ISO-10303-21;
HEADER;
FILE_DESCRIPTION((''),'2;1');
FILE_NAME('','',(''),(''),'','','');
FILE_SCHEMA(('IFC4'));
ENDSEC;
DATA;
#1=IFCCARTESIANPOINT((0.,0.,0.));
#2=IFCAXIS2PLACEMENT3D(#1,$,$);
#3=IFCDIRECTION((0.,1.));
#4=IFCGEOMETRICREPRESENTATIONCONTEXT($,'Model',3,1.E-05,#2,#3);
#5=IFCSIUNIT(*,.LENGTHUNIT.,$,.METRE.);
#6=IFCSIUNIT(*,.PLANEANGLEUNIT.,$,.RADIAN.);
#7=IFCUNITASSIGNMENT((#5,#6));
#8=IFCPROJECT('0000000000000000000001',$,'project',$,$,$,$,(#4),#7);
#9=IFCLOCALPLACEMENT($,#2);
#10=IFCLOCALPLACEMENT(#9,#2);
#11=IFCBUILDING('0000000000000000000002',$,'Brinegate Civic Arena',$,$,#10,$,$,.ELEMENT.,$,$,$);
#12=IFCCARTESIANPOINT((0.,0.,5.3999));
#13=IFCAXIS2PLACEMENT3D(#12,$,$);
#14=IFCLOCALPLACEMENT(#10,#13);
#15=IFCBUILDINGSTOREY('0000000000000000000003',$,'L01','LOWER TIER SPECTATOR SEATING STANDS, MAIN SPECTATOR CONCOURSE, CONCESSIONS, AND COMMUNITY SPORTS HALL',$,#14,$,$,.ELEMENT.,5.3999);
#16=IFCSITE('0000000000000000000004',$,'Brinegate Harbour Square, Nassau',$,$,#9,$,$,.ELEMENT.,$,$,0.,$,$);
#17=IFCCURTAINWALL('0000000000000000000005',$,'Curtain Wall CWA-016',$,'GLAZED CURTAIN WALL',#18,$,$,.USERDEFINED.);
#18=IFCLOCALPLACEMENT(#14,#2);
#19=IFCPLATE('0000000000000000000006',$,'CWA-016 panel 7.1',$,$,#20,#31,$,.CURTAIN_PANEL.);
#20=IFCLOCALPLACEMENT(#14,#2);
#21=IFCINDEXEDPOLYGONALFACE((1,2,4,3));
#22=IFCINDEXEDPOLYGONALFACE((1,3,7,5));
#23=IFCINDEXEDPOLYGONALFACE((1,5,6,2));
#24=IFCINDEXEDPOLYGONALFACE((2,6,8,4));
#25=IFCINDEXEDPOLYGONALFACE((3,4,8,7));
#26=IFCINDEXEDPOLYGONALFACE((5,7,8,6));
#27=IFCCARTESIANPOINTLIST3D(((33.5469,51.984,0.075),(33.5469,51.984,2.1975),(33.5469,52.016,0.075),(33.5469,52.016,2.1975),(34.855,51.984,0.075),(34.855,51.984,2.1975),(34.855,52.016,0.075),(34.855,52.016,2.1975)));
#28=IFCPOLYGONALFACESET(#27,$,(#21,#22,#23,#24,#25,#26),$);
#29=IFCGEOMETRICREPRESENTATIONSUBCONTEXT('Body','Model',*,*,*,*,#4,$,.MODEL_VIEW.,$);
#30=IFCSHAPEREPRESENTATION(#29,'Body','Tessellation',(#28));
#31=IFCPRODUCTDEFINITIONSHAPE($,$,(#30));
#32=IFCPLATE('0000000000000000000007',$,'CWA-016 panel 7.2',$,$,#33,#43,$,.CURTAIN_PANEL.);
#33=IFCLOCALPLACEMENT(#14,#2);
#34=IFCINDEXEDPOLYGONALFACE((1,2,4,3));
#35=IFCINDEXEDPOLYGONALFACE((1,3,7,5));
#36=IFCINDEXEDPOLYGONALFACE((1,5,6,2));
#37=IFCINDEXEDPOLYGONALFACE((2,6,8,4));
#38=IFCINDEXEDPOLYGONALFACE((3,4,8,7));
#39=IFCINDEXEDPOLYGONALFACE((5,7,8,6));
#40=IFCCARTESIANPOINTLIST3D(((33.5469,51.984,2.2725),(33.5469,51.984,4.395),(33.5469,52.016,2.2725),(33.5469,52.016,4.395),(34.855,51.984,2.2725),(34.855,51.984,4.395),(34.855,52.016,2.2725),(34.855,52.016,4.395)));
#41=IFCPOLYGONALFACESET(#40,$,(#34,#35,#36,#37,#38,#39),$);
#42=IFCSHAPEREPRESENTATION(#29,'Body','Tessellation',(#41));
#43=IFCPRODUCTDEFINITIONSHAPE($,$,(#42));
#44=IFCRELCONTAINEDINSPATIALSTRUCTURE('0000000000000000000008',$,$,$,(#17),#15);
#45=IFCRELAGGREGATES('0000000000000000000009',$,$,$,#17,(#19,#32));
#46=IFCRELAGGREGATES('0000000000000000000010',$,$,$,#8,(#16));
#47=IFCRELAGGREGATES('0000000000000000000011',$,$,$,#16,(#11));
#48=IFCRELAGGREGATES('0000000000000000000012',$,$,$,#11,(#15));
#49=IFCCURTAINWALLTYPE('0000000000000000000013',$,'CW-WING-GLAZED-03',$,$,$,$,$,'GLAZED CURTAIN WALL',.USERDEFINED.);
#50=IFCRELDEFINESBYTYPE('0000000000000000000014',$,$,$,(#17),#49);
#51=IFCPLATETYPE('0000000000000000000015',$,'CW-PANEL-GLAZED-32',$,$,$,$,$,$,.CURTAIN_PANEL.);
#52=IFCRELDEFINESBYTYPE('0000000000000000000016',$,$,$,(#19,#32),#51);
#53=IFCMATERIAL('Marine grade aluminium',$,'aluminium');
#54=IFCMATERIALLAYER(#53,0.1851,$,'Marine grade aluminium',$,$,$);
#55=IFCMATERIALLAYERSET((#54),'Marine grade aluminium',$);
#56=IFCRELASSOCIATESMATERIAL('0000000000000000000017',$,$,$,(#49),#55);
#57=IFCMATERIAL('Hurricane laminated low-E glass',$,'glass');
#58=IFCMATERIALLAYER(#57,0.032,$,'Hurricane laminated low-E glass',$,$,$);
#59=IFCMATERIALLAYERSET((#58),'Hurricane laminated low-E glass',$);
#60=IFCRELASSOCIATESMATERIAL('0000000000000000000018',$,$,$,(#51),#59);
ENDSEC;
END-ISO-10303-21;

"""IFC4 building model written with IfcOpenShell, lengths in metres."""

from ifc_helpers import new_model, si_unit, direction, frame, origin, origin_2d, place, context, subcontext, project, spatial, rectangle, extrude, material, layer, layer_set, type_object, element, aggregate, save


model = new_model("IFC4")

# Units and contexts
model_context = context("Model", 3, precision=1e-05, world=origin(), true_north=direction((0.0, 1.0)))
body_context = subcontext(model_context, "Body", "Model", "MODEL_VIEW")
ifc_project = project(units=[si_unit("LENGTHUNIT", "METRE"), si_unit("PLANEANGLEUNIT", "RADIAN")], contexts=[model_context])

# Site, building, storey
site_placement = place(None, origin())
site = spatial("IfcSite", under=ifc_project, at=site_placement, Name="Brinegate Harbour Square, Nassau", CompositionType="ELEMENT", RefElevation=0.0)
building_placement = place(site_placement, origin())
building = spatial("IfcBuilding", under=site, at=building_placement, Name="Brinegate Civic Arena", CompositionType="ELEMENT")
storey_placement = place(building_placement, frame((0.0, 0.0, 5.3999)))
storey = spatial("IfcBuildingStorey", under=building, at=storey_placement, Name="L01", Description="LOWER TIER SPECTATOR SEATING STANDS, MAIN SPECTATOR CONCOURSE, CONCESSIONS, AND COMMUNITY SPORTS HALL", CompositionType="ELEMENT", Elevation=5.3999)

# Curtain wall
ifc_material_1 = material(Name="Marine grade aluminium", Category="aluminium")
ifc_layer_1 = layer(ifc_material_1, 0.1851, Name="Marine grade aluminium")
ifc_layer_set_1 = layer_set([ifc_layer_1], Name="Marine grade aluminium")
curtain_wall_type = type_object("IfcCurtainWallType", Name="CW-WING-GLAZED-03", ElementType="GLAZED CURTAIN WALL", PredefinedType="USERDEFINED", material=ifc_layer_set_1)
curtain_wall_1_placement = place(storey_placement, origin())
curtain_wall_1 = element("IfcCurtainWall", 1, at=curtain_wall_1_placement, inside=storey, type_object=curtain_wall_type, Name="Curtain Wall CWA-016", ObjectType="GLAZED CURTAIN WALL", PredefinedType="USERDEFINED")

# Plates
ifc_material_2 = material(Name="Hurricane laminated low-E glass", Category="glass")
ifc_layer_2 = layer(ifc_material_2, 0.032, Name="Hurricane laminated low-E glass")
ifc_layer_set_2 = layer_set([ifc_layer_2], Name="Hurricane laminated low-E glass")
plate_type = type_object("IfcPlateType", Name="CW-PANEL-GLAZED-32", PredefinedType="CURTAIN_PANEL", material=ifc_layer_set_2)
plate_1_placement = place(storey_placement, frame((34.2009, 52.0, 0.075), z_axis=(0.0, 0.0, 1.0), x_axis=(1.0, 0.0, 0.0)))
plate_1 = element("IfcPlate", 2, at=plate_1_placement, type_object=plate_type, Name="CWA-016 panel 7.1", PredefinedType="CURTAIN_PANEL", context=body_context, shape_type="SweptSolid", body=[
    extrude(rectangle(XDim=1.3081, YDim=0.032, at=origin_2d()), origin(), (0.0, 0.0, 1.0), 2.1226),
])
plate_2_placement = place(storey_placement, frame((34.2009, 52.0, 2.2725), z_axis=(0.0, 0.0, 1.0), x_axis=(1.0, 0.0, 0.0)))
plate_2 = element("IfcPlate", 3, at=plate_2_placement, type_object=plate_type, Name="CWA-016 panel 7.2", PredefinedType="CURTAIN_PANEL", context=body_context, shape_type="SweptSolid", body=[
    extrude(rectangle(XDim=1.3081, YDim=0.032, at=origin_2d()), origin(), (0.0, 0.0, 1.0), 2.1226),
])
aggregate(curtain_wall_1, [plate_1, plate_2])

save(model, "model.ifc")
